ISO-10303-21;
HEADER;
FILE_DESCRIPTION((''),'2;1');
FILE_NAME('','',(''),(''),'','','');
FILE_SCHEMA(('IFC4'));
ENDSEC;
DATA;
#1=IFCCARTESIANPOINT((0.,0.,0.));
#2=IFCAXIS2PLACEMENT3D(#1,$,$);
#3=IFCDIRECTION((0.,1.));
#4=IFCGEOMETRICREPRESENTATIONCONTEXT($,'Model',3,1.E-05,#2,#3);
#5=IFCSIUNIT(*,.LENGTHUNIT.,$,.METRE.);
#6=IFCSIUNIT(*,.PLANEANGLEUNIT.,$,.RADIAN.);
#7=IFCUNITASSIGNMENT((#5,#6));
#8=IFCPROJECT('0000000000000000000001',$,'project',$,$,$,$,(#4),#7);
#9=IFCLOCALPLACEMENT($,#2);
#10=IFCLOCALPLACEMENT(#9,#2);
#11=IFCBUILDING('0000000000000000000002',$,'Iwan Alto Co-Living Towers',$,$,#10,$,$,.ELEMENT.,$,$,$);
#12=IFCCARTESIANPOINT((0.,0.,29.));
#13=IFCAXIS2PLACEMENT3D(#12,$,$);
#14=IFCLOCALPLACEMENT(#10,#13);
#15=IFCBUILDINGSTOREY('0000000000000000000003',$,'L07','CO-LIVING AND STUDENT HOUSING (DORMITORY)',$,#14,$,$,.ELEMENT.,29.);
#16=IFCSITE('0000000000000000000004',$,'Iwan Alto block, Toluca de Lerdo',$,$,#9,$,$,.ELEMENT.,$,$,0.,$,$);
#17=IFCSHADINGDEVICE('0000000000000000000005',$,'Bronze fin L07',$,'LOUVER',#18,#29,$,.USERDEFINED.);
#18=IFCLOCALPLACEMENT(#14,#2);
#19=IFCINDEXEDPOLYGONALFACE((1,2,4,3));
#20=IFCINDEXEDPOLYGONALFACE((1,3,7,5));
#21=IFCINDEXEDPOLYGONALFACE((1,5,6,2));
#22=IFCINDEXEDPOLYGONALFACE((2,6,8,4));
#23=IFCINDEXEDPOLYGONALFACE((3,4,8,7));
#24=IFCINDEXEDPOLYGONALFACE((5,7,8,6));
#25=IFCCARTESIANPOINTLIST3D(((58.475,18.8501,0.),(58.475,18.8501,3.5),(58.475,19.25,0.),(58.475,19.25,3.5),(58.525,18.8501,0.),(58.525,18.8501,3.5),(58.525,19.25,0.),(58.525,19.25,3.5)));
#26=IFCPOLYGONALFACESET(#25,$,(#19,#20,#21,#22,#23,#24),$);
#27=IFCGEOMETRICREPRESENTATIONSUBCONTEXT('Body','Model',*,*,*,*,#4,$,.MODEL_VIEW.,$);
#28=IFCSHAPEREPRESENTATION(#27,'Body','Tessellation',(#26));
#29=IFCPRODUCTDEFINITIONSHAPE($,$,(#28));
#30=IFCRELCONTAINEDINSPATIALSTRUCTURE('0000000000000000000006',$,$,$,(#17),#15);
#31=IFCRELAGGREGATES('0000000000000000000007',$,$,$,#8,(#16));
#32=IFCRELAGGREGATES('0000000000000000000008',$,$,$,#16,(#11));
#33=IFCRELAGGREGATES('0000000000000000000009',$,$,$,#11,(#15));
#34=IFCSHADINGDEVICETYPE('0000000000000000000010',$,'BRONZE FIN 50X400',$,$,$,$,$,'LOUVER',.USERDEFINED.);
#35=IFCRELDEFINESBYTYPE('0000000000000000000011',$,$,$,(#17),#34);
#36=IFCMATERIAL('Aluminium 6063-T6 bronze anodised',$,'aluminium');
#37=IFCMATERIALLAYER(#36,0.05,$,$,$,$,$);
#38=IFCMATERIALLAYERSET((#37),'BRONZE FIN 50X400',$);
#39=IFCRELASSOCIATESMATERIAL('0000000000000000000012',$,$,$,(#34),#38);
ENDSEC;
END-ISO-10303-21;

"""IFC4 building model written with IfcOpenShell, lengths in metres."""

from ifc_helpers import new_model, si_unit, direction, frame, origin, origin_2d, place, context, subcontext, project, spatial, rectangle, extrude, material, layer, layer_set, type_object, element, save


model = new_model("IFC4")

# Units and contexts
model_context = context("Model", 3, precision=1e-05, world=origin(), true_north=direction((0.0, 1.0)))
body_context = subcontext(model_context, "Body", "Model", "MODEL_VIEW")
ifc_project = project(units=[si_unit("LENGTHUNIT", "METRE"), si_unit("PLANEANGLEUNIT", "RADIAN")], contexts=[model_context])

# Site, building, storey
site_placement = place(None, origin())
site = spatial("IfcSite", under=ifc_project, at=site_placement, Name="Iwan Alto block, Toluca de Lerdo", CompositionType="ELEMENT", RefElevation=0.0)
building_placement = place(site_placement, origin())
building = spatial("IfcBuilding", under=site, at=building_placement, Name="Iwan Alto Co-Living Towers", CompositionType="ELEMENT")
storey_placement = place(building_placement, frame((0.0, 0.0, 29.0)))
storey = spatial("IfcBuildingStorey", under=building, at=storey_placement, Name="L07", Description="CO-LIVING AND STUDENT HOUSING (DORMITORY)", CompositionType="ELEMENT", Elevation=29.0)

# Shading device
ifc_material_1 = material(Name="Aluminium 6063-T6 bronze anodised", Category="aluminium")
ifc_layer_1 = layer(ifc_material_1, 0.05)
ifc_layer_set_1 = layer_set([ifc_layer_1], Name="BRONZE FIN 50X400")
shading_device_type = type_object("IfcShadingDeviceType", Name="BRONZE FIN 50X400", ElementType="LOUVER", PredefinedType="USERDEFINED", material=ifc_layer_set_1)
shading_device_placement = place(storey_placement, frame((58.5, 19.05, 0.0), z_axis=(0.0, 0.0, 1.0), x_axis=(-1.0, 0.0, 0.0)))
element("IfcShadingDevice", 1, at=shading_device_placement, inside=storey, type_object=shading_device_type, Name="Bronze fin L07", ObjectType="LOUVER", PredefinedType="USERDEFINED", context=body_context, shape_type="SweptSolid", body=[
    extrude(rectangle(XDim=0.05, YDim=0.3999, at=origin_2d()), origin(), (0.0, 0.0, 1.0), 3.5),
])

save(model, "model.ifc")
